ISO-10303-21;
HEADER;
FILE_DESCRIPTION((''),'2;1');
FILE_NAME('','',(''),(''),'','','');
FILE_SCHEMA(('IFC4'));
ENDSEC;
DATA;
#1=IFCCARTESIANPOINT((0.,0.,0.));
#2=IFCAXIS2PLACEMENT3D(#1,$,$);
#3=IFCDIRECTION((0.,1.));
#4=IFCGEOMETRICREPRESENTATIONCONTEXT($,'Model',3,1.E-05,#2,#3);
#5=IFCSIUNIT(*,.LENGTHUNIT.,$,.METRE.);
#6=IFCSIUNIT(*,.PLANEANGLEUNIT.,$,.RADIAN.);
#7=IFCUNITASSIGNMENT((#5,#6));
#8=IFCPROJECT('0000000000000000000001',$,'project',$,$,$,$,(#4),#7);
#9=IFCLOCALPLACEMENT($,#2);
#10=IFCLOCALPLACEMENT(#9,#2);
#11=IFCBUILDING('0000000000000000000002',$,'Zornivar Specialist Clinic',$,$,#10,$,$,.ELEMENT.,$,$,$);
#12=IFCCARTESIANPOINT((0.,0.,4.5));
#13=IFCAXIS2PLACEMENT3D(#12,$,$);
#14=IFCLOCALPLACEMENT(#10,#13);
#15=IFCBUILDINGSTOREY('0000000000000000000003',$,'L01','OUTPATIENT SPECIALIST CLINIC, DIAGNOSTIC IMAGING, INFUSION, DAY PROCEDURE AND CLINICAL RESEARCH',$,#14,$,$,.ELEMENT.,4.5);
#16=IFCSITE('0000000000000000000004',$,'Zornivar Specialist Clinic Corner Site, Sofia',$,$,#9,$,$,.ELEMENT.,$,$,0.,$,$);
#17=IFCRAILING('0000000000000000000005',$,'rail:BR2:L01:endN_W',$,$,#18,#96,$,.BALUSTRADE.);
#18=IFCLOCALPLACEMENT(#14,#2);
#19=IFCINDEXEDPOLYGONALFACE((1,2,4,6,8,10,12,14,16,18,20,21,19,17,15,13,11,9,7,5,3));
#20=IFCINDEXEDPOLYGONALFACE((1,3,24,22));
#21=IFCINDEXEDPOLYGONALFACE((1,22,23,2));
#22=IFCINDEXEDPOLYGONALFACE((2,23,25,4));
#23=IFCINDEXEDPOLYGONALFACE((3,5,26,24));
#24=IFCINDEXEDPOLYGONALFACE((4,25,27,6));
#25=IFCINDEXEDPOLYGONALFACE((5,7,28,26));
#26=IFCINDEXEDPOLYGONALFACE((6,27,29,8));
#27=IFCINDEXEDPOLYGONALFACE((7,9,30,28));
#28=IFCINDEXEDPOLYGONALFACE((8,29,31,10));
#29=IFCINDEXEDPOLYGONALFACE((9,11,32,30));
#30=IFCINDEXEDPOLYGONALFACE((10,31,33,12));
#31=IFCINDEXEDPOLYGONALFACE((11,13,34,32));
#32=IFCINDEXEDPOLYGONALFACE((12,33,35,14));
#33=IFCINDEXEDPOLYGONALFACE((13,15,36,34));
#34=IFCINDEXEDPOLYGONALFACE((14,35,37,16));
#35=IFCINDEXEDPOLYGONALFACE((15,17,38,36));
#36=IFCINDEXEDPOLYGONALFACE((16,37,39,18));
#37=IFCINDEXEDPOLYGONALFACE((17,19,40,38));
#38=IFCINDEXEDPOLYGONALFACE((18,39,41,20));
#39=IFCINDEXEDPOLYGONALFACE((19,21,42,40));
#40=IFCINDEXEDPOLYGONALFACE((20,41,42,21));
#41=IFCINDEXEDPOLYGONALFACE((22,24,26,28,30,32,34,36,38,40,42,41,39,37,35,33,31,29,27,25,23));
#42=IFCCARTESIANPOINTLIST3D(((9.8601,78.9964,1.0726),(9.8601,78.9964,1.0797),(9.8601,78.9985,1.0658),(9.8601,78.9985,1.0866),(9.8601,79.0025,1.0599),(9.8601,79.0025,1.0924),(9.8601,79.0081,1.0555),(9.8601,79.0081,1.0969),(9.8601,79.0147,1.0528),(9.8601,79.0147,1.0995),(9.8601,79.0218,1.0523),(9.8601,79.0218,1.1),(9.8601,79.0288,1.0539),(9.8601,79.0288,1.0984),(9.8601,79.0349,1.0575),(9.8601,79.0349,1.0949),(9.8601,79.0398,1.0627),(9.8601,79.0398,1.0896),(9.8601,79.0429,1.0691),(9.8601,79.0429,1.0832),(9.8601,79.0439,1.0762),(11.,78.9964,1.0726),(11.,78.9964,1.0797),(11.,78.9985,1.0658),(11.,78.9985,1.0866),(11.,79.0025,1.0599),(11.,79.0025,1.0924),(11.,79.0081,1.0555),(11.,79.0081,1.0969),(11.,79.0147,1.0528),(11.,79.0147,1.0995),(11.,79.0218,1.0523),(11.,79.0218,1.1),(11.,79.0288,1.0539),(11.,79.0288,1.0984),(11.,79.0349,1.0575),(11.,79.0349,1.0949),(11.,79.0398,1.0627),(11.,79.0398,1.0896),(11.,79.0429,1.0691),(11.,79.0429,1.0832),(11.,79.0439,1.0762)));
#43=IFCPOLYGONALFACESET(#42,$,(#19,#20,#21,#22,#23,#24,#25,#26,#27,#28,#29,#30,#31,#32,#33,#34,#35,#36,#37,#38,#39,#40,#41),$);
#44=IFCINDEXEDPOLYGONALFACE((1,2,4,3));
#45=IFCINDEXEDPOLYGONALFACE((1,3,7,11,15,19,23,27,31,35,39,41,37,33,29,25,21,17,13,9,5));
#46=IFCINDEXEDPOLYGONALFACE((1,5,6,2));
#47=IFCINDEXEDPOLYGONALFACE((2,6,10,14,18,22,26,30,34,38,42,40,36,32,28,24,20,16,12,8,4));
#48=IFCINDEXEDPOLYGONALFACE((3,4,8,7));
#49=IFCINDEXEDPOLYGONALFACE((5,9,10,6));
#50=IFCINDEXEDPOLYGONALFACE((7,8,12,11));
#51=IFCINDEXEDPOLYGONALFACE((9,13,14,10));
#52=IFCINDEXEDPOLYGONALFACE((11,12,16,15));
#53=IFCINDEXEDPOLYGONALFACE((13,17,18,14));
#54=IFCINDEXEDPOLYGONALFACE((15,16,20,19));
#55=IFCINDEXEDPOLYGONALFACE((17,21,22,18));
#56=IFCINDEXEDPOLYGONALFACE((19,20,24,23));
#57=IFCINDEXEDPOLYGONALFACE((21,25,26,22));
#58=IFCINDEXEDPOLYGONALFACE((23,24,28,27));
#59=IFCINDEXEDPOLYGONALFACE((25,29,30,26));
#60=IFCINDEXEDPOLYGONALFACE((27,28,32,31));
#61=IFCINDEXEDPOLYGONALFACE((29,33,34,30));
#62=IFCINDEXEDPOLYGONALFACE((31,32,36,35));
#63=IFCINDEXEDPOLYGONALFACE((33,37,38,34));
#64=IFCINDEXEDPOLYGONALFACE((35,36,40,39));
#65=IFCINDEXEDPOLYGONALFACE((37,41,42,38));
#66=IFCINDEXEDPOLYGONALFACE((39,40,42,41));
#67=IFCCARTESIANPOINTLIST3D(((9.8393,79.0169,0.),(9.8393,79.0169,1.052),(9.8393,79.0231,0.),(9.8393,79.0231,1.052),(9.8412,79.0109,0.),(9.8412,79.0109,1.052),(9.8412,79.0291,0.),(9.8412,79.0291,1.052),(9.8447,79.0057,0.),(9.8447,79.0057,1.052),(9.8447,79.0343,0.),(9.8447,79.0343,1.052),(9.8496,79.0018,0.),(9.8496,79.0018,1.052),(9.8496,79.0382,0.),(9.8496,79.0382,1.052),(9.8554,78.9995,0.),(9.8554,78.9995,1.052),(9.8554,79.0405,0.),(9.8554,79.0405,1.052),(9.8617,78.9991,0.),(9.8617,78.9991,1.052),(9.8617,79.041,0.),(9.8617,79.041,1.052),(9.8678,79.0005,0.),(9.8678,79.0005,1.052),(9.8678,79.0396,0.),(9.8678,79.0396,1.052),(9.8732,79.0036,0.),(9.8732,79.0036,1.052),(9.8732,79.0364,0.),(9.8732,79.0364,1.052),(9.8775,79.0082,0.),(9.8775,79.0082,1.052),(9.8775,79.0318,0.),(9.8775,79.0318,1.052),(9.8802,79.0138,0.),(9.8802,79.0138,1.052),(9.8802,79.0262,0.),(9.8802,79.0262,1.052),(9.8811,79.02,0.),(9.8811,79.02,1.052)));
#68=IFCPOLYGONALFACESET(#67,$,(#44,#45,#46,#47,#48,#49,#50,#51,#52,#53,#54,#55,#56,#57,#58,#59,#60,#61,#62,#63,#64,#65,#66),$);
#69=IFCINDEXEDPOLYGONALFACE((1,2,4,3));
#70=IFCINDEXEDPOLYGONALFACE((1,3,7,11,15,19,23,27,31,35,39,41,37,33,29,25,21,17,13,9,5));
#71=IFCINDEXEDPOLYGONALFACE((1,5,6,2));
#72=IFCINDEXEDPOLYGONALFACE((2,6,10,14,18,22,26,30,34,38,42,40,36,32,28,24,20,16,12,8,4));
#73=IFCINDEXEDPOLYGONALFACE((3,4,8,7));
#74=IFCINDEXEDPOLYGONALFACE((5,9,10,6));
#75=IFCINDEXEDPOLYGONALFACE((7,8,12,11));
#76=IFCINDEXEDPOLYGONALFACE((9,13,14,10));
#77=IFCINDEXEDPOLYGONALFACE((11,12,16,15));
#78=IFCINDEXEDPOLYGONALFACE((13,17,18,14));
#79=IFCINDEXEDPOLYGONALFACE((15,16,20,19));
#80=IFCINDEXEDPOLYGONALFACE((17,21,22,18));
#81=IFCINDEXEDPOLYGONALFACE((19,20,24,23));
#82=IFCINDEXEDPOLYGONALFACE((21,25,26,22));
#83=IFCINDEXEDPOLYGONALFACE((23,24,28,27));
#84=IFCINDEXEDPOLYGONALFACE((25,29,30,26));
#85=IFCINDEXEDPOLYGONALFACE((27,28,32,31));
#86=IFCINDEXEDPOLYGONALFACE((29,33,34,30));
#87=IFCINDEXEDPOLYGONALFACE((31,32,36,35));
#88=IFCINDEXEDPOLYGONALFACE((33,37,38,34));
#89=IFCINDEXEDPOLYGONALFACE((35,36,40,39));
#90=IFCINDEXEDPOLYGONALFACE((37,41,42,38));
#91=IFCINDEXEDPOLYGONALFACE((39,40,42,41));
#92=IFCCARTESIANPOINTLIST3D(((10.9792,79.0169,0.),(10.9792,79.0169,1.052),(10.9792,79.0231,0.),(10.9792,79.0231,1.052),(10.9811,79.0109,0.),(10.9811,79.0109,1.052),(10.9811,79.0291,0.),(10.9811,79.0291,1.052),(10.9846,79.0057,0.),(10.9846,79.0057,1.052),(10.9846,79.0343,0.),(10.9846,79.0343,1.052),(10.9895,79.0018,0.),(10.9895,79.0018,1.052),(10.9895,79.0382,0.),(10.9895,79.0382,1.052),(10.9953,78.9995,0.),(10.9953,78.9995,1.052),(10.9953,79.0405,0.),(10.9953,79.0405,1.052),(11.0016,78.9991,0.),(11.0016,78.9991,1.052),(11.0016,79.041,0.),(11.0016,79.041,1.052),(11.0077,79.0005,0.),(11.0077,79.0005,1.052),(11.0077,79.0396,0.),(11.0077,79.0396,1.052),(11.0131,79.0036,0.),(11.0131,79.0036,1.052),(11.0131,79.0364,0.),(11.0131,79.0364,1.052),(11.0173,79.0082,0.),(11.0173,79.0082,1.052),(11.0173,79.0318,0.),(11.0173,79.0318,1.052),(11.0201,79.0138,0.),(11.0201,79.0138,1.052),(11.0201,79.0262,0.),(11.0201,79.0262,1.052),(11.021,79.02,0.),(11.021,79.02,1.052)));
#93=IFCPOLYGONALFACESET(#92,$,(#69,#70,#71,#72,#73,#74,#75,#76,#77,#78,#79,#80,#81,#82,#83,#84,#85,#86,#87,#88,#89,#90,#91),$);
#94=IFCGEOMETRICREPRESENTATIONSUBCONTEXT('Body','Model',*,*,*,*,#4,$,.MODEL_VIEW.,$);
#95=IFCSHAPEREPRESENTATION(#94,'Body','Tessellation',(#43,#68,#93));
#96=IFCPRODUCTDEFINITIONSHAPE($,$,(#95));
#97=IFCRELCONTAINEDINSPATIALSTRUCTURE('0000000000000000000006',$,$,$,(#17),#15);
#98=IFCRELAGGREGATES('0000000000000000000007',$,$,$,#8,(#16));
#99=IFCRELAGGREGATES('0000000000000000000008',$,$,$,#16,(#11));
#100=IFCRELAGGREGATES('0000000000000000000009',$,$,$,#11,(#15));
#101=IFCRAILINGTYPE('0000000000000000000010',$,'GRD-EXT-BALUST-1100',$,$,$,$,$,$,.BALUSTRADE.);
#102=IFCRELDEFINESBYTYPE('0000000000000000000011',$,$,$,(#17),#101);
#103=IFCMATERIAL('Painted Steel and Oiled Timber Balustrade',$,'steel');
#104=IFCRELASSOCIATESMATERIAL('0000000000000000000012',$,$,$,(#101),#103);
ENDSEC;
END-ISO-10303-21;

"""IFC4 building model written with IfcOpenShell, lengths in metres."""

from ifc_helpers import new_model, si_unit, direction, frame, origin, origin_2d, place, context, subcontext, project, spatial, circle, extrude, material, type_object, element, save


model = new_model("IFC4")

# Units and contexts
model_context = context("Model", 3, precision=1e-05, world=origin(), true_north=direction((0.0, 1.0)))
body_context = subcontext(model_context, "Body", "Model", "MODEL_VIEW")
ifc_project = project(units=[si_unit("LENGTHUNIT", "METRE"), si_unit("PLANEANGLEUNIT", "RADIAN")], contexts=[model_context])

# Site, building, storey
site_placement = place(None, origin())
site = spatial("IfcSite", under=ifc_project, at=site_placement, Name="Zornivar Specialist Clinic Corner Site, Sofia", CompositionType="ELEMENT", RefElevation=0.0)
building_placement = place(site_placement, origin())
building = spatial("IfcBuilding", under=site, at=building_placement, Name="Zornivar Specialist Clinic", CompositionType="ELEMENT")
storey_placement = place(building_placement, frame((0.0, 0.0, 4.5)))
storey = spatial("IfcBuildingStorey", under=building, at=storey_placement, Name="L01", Description="OUTPATIENT SPECIALIST CLINIC, DIAGNOSTIC IMAGING, INFUSION, DAY PROCEDURE AND CLINICAL RESEARCH", CompositionType="ELEMENT", Elevation=4.5)

# Railing
ifc_material_1 = material(Name="Painted Steel and Oiled Timber Balustrade", Category="steel")
railing_type = type_object("IfcRailingType", Name="GRD-EXT-BALUST-1100", PredefinedType="BALUSTRADE", material=ifc_material_1)
railing_placement = place(storey_placement, frame((9.8601, 79.02, 0.0)))
element("IfcRailing", 1, at=railing_placement, inside=storey, type_object=railing_type, Name="rail:BR2:L01:endN_W", PredefinedType="BALUSTRADE", context=body_context, shape_type="SweptSolid", body=[
    extrude(circle(Radius=0.0239, at=origin_2d()), frame((0.0, 0.0, 1.0762), z_axis=(1.0, 0.0, 0.0), x_axis=(0.0, 1.0, 0.0)), (0.0, 0.0, 1.0), 1.1399),
    extrude(circle(Radius=0.021, at=origin_2d()), origin(), (0.0, 0.0, 1.0), 1.052),
    extrude(circle(Radius=0.021, at=origin_2d()), frame((1.1399, 0.0, 0.0)), (0.0, 0.0, 1.0), 1.052),
])

save(model, "model.ifc")
